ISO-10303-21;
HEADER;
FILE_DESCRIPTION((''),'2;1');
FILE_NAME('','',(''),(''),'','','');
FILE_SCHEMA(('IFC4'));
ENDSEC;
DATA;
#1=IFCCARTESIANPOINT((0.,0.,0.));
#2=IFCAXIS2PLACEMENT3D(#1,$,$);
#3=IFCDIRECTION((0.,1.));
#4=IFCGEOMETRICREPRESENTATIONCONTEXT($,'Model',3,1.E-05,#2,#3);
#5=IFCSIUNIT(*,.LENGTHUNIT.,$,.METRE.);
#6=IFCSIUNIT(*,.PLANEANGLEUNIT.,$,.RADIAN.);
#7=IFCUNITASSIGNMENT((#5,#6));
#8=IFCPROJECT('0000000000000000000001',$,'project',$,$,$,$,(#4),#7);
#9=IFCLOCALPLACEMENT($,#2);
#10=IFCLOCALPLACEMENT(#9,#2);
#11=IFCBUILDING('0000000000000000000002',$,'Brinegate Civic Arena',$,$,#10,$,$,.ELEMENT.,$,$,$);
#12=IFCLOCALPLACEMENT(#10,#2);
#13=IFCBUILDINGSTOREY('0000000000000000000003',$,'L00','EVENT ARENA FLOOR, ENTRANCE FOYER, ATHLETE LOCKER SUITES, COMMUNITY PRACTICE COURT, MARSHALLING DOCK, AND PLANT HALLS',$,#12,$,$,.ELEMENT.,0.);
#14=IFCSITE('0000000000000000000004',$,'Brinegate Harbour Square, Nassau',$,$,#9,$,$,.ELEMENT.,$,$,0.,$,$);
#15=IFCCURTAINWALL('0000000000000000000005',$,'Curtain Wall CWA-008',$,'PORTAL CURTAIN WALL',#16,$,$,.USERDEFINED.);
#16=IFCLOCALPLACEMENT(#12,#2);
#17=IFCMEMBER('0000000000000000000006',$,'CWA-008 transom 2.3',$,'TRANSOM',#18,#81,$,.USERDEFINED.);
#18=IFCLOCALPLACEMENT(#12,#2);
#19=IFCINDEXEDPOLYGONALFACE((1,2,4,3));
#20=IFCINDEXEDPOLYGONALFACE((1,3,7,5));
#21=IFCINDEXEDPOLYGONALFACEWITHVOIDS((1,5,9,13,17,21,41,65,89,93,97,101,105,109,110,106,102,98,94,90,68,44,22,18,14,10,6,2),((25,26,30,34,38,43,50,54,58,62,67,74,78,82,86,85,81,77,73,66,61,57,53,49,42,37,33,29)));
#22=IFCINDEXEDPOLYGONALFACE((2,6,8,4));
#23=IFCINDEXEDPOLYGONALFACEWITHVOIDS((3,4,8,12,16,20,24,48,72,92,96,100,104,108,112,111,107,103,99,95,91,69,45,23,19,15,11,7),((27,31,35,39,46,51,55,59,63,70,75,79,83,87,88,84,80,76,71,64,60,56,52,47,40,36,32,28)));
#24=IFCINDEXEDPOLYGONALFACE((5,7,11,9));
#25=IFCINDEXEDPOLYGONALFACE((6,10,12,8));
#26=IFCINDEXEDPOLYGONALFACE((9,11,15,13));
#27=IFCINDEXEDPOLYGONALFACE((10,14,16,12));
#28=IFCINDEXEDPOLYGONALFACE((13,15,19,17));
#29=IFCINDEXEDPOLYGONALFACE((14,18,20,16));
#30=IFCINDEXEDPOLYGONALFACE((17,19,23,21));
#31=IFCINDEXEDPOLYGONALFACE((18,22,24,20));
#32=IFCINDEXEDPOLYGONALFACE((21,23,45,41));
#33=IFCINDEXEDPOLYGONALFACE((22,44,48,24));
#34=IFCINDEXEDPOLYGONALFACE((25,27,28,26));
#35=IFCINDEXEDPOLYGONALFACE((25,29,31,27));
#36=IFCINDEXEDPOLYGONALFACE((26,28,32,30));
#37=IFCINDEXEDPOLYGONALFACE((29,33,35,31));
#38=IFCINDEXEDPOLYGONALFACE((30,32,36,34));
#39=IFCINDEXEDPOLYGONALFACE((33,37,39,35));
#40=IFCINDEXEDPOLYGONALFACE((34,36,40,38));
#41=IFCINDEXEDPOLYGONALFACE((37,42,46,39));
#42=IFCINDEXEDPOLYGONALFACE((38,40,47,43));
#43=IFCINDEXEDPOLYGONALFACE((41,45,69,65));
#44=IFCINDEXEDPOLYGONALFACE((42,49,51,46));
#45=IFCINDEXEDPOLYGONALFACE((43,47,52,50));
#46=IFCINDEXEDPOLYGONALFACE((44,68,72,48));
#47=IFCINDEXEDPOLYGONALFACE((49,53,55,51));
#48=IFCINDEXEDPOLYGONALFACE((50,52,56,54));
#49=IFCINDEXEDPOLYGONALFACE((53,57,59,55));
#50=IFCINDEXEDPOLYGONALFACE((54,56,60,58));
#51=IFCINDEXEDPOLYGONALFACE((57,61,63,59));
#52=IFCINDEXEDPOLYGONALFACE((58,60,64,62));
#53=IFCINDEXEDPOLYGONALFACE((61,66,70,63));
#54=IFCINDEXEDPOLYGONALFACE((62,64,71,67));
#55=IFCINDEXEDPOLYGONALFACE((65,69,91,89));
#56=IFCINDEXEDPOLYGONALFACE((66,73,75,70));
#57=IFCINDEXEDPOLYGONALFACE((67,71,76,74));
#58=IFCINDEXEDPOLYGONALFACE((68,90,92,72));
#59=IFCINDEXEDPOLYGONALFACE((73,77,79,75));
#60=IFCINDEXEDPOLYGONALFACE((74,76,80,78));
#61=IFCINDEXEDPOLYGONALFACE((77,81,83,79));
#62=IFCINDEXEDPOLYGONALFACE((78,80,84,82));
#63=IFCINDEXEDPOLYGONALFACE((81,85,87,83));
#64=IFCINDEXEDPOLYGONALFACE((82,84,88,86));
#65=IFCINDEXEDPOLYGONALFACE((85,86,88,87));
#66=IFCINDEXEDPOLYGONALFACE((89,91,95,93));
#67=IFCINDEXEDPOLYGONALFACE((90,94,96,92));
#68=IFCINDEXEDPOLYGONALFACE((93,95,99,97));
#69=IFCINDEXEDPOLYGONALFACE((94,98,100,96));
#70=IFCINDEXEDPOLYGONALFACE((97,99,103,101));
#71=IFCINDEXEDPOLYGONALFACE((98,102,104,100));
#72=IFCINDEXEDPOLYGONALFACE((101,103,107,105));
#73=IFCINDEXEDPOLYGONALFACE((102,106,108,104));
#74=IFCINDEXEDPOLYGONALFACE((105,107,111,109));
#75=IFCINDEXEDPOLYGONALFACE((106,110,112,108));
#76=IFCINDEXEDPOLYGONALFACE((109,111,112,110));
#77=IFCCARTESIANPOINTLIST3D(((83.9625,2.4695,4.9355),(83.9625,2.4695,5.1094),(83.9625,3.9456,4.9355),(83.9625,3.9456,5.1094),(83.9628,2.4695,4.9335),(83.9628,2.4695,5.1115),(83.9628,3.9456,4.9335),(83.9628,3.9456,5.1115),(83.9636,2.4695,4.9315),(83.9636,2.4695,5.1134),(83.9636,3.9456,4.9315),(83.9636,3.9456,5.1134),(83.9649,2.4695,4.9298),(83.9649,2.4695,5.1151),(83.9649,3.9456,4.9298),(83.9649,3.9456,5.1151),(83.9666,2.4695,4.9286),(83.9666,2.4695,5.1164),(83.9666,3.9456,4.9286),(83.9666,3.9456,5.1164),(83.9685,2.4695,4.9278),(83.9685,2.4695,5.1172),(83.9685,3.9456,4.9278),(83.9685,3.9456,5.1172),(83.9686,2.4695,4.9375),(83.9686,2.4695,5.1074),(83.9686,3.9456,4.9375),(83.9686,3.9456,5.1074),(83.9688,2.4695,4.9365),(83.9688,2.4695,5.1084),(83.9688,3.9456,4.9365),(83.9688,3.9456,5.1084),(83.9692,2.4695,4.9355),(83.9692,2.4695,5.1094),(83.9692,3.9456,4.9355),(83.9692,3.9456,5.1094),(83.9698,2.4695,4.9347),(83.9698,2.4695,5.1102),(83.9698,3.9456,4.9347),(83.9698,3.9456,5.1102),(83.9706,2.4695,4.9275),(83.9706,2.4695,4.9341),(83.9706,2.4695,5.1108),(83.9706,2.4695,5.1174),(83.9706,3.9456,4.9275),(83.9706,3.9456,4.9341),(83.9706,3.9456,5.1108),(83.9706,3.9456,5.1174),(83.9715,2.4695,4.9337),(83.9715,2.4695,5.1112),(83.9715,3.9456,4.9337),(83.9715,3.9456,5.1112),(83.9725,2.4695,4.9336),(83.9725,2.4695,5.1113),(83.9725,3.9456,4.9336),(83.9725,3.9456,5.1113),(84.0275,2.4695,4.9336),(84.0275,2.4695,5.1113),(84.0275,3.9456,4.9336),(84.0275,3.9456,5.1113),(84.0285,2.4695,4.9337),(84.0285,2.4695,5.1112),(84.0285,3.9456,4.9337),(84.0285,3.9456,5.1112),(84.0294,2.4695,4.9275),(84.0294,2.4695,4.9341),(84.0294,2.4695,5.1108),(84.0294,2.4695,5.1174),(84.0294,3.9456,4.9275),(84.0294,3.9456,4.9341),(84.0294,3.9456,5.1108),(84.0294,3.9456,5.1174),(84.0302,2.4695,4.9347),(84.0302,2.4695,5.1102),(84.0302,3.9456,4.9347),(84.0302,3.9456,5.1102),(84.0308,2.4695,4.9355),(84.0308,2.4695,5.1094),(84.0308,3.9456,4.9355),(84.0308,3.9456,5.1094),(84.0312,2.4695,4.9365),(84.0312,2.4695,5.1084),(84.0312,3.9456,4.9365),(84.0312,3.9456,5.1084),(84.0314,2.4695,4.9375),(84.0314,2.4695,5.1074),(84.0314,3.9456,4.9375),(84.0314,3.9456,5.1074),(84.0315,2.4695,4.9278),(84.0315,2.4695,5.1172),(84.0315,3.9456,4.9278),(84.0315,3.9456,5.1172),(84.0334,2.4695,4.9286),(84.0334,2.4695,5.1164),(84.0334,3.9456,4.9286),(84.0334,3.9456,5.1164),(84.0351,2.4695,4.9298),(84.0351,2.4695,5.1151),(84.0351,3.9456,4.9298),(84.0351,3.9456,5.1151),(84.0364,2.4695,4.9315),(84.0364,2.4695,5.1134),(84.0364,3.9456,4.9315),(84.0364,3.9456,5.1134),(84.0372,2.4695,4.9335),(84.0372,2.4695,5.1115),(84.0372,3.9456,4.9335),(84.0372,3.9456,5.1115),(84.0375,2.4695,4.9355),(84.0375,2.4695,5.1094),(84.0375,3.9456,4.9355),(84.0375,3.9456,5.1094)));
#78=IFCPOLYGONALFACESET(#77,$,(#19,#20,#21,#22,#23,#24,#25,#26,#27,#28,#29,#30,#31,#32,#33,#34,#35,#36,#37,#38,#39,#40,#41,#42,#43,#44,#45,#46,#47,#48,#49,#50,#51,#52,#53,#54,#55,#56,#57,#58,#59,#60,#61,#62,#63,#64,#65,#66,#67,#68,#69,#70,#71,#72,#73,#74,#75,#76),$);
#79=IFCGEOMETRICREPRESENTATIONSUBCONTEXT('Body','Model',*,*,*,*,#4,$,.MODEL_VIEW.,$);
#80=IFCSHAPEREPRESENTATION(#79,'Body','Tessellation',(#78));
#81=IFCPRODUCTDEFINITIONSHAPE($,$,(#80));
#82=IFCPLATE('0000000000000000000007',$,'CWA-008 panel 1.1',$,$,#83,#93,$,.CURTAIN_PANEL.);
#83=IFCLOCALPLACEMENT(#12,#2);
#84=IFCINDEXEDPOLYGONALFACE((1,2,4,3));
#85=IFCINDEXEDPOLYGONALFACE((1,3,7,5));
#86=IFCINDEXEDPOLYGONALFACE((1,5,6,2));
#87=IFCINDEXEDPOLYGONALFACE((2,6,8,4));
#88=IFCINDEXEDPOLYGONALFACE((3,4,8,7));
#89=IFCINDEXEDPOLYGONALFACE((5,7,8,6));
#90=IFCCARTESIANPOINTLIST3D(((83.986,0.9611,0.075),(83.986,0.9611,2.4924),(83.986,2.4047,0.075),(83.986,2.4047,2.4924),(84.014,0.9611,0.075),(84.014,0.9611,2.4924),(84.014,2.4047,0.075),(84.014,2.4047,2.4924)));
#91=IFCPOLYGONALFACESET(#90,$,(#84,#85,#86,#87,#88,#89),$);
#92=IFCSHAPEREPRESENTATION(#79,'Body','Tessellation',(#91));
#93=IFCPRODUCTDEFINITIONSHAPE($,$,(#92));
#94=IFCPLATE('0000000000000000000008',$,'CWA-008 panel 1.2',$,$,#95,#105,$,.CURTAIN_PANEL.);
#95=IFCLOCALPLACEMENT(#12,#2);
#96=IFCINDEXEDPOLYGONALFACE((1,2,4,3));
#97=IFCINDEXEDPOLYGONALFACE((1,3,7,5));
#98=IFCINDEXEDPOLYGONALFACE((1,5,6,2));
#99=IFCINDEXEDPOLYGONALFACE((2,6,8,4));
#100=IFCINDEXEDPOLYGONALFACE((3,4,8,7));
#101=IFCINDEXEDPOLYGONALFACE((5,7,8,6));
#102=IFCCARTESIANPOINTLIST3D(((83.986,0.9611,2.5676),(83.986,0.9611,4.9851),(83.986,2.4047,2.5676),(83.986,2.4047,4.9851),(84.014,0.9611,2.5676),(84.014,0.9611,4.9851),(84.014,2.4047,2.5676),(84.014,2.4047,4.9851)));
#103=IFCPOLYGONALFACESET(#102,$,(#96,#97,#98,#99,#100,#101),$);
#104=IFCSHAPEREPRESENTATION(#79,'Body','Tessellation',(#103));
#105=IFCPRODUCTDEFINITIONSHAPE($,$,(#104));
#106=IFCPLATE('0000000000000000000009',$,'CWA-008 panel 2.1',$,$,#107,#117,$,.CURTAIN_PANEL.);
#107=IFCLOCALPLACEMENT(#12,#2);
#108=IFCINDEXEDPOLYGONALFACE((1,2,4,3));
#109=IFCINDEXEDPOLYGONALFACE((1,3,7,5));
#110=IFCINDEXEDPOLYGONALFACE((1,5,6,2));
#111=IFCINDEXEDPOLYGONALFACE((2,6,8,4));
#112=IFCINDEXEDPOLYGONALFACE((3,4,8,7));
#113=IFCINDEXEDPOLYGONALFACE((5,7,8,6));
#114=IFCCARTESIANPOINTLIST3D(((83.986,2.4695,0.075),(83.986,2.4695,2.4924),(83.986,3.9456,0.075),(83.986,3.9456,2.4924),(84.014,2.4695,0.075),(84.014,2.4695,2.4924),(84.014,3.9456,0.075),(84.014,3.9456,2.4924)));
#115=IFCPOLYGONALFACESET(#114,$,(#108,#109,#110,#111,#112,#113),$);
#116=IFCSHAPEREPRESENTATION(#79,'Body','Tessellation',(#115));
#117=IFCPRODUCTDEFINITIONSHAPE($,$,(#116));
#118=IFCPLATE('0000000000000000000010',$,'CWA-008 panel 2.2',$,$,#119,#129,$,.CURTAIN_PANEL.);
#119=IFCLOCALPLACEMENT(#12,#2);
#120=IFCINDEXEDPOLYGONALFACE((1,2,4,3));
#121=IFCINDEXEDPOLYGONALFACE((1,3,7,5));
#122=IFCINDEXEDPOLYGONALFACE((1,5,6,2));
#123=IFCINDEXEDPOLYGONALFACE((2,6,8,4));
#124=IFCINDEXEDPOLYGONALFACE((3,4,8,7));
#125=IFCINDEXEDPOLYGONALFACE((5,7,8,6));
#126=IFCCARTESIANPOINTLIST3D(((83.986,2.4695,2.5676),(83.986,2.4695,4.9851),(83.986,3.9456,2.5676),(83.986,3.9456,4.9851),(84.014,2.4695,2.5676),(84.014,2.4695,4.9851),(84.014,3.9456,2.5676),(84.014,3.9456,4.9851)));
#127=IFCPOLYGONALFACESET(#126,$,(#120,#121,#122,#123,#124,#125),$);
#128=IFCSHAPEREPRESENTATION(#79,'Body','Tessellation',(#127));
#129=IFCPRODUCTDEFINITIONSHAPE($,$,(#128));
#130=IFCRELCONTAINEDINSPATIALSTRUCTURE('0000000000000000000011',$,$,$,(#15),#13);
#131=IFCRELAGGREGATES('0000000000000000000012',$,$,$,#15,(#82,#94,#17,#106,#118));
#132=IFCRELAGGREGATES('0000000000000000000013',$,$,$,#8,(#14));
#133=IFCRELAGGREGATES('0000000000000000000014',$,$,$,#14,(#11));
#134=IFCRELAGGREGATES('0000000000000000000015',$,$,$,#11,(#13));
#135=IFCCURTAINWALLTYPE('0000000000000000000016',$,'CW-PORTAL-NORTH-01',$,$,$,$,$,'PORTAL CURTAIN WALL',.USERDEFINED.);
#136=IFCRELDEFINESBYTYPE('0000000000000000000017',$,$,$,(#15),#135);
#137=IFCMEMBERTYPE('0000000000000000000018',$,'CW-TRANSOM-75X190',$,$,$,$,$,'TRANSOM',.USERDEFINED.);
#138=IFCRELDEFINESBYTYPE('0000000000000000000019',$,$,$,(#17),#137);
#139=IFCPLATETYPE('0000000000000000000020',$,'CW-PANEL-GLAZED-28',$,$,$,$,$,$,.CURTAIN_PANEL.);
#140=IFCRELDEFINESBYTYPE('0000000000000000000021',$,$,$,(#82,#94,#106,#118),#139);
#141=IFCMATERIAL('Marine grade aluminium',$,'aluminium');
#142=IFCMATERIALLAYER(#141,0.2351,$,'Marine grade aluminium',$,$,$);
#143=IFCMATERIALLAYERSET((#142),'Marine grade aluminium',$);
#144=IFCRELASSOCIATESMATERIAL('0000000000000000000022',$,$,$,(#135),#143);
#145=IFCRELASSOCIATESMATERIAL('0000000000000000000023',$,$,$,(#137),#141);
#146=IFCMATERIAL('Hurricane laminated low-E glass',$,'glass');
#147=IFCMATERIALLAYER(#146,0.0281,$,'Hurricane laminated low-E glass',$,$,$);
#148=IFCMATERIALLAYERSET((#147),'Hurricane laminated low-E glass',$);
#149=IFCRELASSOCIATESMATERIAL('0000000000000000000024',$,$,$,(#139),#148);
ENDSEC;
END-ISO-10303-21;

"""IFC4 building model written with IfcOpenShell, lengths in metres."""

from ifc_helpers import new_model, si_unit, direction, frame, origin, origin_2d, place, context, subcontext, project, spatial, rectangle, hollow_rectangle, extrude, material, layer, layer_set, material_profile, profile_set, type_object, element, aggregate, save


model = new_model("IFC4")

# Units and contexts
model_context = context("Model", 3, precision=1e-05, world=origin(), true_north=direction((0.0, 1.0)))
body_context = subcontext(model_context, "Body", "Model", "MODEL_VIEW")
ifc_project = project(units=[si_unit("LENGTHUNIT", "METRE"), si_unit("PLANEANGLEUNIT", "RADIAN")], contexts=[model_context])

# Site, building, storey
site_placement = place(None, origin())
site = spatial("IfcSite", under=ifc_project, at=site_placement, Name="Brinegate Harbour Square, Nassau", CompositionType="ELEMENT", RefElevation=0.0)
building_placement = place(site_placement, origin())
building = spatial("IfcBuilding", under=site, at=building_placement, Name="Brinegate Civic Arena", CompositionType="ELEMENT")
storey_placement = place(building_placement, origin())
storey = spatial("IfcBuildingStorey", under=building, at=storey_placement, Name="L00", Description="EVENT ARENA FLOOR, ENTRANCE FOYER, ATHLETE LOCKER SUITES, COMMUNITY PRACTICE COURT, MARSHALLING DOCK, AND PLANT HALLS", CompositionType="ELEMENT", Elevation=0.0)

# Curtain wall, member, plates
ifc_material_1 = material(Name="Marine grade aluminium", Category="aluminium")
ifc_layer_1 = layer(ifc_material_1, 0.2351, Name="Marine grade aluminium")
ifc_layer_set_1 = layer_set([ifc_layer_1], Name="Marine grade aluminium")
curtain_wall_type = type_object("IfcCurtainWallType", Name="CW-PORTAL-NORTH-01", ElementType="PORTAL CURTAIN WALL", PredefinedType="USERDEFINED", material=ifc_layer_set_1)
curtain_wall_placement = place(storey_placement, origin())
curtain_wall = element("IfcCurtainWall", 1, at=curtain_wall_placement, inside=storey, type_object=curtain_wall_type, Name="Curtain Wall CWA-008", ObjectType="PORTAL CURTAIN WALL", PredefinedType="USERDEFINED")
ifc_material_profile_1 = material_profile(ifc_material_1, hollow_rectangle(XDim=0.075, YDim=0.1899, WallThickness=0.0061, InnerFilletRadius=0.0039, OuterFilletRadius=0.0081, at=origin_2d()), Name="TRN75X190")
ifc_profile_set_1 = profile_set([ifc_material_profile_1], Name="Marine grade aluminium")
member_type_1 = type_object("IfcMemberType", Name="CW-TRANSOM-75X190", ElementType="TRANSOM", PredefinedType="USERDEFINED", material=ifc_profile_set_1)
member_1_placement = place(storey_placement, frame((84.0, 2.4695, 5.0225), z_axis=(0.0, 1.0, 0.0), x_axis=(-1.0, 0.0, 0.0)))
member_1 = element("IfcMember", 2, at=member_1_placement, type_object=member_type_1, Name="CWA-008 transom 2.3", ObjectType="TRANSOM", PredefinedType="USERDEFINED", context=body_context, shape_type="SweptSolid", body=[
    extrude(hollow_rectangle(XDim=0.075, YDim=0.1899, WallThickness=0.0061, InnerFilletRadius=0.0039, OuterFilletRadius=0.0081, at=origin_2d()), origin(), (0.0, 0.0, 1.0), 1.4761),
])
ifc_material_2 = material(Name="Hurricane laminated low-E glass", Category="glass")
ifc_layer_2 = layer(ifc_material_2, 0.0281, Name="Hurricane laminated low-E glass")
ifc_layer_set_2 = layer_set([ifc_layer_2], Name="Hurricane laminated low-E glass")
plate_type = type_object("IfcPlateType", Name="CW-PANEL-GLAZED-28", PredefinedType="CURTAIN_PANEL", material=ifc_layer_set_2)
plate_1_placement = place(storey_placement, frame((84.0, 1.6829, 0.075), z_axis=(0.0, 0.0, 1.0), x_axis=(0.0, 1.0, 0.0)))
plate_1 = element("IfcPlate", 3, at=plate_1_placement, type_object=plate_type, Name="CWA-008 panel 1.1", PredefinedType="CURTAIN_PANEL", context=body_context, shape_type="SweptSolid", body=[
    extrude(rectangle(XDim=1.4436, YDim=0.0281, at=origin_2d()), origin(), (0.0, 0.0, 1.0), 2.4175),
])
plate_2_placement = place(storey_placement, frame((84.0, 1.6829, 2.5676), z_axis=(0.0, 0.0, 1.0), x_axis=(0.0, 1.0, 0.0)))
plate_2 = element("IfcPlate", 4, at=plate_2_placement, type_object=plate_type, Name="CWA-008 panel 1.2", PredefinedType="CURTAIN_PANEL", context=body_context, shape_type="SweptSolid", body=[
    extrude(rectangle(XDim=1.4436, YDim=0.0281, at=origin_2d()), origin(), (0.0, 0.0, 1.0), 2.4175),
])
plate_3_placement = place(storey_placement, frame((84.0, 3.2075, 0.075), z_axis=(0.0, 0.0, 1.0), x_axis=(0.0, 1.0, 0.0)))
plate_3 = element("IfcPlate", 5, at=plate_3_placement, type_object=plate_type, Name="CWA-008 panel 2.1", PredefinedType="CURTAIN_PANEL", context=body_context, shape_type="SweptSolid", body=[
    extrude(rectangle(XDim=1.4761, YDim=0.0281, at=origin_2d()), origin(), (0.0, 0.0, 1.0), 2.4175),
])
plate_4_placement = place(storey_placement, frame((84.0, 3.2075, 2.5676), z_axis=(0.0, 0.0, 1.0), x_axis=(0.0, 1.0, 0.0)))
plate_4 = element("IfcPlate", 6, at=plate_4_placement, type_object=plate_type, Name="CWA-008 panel 2.2", PredefinedType="CURTAIN_PANEL", context=body_context, shape_type="SweptSolid", body=[
    extrude(rectangle(XDim=1.4761, YDim=0.0281, at=origin_2d()), origin(), (0.0, 0.0, 1.0), 2.4175),
])
aggregate(curtain_wall, [plate_1, plate_2, member_1, plate_3, plate_4])

save(model, "model.ifc")
